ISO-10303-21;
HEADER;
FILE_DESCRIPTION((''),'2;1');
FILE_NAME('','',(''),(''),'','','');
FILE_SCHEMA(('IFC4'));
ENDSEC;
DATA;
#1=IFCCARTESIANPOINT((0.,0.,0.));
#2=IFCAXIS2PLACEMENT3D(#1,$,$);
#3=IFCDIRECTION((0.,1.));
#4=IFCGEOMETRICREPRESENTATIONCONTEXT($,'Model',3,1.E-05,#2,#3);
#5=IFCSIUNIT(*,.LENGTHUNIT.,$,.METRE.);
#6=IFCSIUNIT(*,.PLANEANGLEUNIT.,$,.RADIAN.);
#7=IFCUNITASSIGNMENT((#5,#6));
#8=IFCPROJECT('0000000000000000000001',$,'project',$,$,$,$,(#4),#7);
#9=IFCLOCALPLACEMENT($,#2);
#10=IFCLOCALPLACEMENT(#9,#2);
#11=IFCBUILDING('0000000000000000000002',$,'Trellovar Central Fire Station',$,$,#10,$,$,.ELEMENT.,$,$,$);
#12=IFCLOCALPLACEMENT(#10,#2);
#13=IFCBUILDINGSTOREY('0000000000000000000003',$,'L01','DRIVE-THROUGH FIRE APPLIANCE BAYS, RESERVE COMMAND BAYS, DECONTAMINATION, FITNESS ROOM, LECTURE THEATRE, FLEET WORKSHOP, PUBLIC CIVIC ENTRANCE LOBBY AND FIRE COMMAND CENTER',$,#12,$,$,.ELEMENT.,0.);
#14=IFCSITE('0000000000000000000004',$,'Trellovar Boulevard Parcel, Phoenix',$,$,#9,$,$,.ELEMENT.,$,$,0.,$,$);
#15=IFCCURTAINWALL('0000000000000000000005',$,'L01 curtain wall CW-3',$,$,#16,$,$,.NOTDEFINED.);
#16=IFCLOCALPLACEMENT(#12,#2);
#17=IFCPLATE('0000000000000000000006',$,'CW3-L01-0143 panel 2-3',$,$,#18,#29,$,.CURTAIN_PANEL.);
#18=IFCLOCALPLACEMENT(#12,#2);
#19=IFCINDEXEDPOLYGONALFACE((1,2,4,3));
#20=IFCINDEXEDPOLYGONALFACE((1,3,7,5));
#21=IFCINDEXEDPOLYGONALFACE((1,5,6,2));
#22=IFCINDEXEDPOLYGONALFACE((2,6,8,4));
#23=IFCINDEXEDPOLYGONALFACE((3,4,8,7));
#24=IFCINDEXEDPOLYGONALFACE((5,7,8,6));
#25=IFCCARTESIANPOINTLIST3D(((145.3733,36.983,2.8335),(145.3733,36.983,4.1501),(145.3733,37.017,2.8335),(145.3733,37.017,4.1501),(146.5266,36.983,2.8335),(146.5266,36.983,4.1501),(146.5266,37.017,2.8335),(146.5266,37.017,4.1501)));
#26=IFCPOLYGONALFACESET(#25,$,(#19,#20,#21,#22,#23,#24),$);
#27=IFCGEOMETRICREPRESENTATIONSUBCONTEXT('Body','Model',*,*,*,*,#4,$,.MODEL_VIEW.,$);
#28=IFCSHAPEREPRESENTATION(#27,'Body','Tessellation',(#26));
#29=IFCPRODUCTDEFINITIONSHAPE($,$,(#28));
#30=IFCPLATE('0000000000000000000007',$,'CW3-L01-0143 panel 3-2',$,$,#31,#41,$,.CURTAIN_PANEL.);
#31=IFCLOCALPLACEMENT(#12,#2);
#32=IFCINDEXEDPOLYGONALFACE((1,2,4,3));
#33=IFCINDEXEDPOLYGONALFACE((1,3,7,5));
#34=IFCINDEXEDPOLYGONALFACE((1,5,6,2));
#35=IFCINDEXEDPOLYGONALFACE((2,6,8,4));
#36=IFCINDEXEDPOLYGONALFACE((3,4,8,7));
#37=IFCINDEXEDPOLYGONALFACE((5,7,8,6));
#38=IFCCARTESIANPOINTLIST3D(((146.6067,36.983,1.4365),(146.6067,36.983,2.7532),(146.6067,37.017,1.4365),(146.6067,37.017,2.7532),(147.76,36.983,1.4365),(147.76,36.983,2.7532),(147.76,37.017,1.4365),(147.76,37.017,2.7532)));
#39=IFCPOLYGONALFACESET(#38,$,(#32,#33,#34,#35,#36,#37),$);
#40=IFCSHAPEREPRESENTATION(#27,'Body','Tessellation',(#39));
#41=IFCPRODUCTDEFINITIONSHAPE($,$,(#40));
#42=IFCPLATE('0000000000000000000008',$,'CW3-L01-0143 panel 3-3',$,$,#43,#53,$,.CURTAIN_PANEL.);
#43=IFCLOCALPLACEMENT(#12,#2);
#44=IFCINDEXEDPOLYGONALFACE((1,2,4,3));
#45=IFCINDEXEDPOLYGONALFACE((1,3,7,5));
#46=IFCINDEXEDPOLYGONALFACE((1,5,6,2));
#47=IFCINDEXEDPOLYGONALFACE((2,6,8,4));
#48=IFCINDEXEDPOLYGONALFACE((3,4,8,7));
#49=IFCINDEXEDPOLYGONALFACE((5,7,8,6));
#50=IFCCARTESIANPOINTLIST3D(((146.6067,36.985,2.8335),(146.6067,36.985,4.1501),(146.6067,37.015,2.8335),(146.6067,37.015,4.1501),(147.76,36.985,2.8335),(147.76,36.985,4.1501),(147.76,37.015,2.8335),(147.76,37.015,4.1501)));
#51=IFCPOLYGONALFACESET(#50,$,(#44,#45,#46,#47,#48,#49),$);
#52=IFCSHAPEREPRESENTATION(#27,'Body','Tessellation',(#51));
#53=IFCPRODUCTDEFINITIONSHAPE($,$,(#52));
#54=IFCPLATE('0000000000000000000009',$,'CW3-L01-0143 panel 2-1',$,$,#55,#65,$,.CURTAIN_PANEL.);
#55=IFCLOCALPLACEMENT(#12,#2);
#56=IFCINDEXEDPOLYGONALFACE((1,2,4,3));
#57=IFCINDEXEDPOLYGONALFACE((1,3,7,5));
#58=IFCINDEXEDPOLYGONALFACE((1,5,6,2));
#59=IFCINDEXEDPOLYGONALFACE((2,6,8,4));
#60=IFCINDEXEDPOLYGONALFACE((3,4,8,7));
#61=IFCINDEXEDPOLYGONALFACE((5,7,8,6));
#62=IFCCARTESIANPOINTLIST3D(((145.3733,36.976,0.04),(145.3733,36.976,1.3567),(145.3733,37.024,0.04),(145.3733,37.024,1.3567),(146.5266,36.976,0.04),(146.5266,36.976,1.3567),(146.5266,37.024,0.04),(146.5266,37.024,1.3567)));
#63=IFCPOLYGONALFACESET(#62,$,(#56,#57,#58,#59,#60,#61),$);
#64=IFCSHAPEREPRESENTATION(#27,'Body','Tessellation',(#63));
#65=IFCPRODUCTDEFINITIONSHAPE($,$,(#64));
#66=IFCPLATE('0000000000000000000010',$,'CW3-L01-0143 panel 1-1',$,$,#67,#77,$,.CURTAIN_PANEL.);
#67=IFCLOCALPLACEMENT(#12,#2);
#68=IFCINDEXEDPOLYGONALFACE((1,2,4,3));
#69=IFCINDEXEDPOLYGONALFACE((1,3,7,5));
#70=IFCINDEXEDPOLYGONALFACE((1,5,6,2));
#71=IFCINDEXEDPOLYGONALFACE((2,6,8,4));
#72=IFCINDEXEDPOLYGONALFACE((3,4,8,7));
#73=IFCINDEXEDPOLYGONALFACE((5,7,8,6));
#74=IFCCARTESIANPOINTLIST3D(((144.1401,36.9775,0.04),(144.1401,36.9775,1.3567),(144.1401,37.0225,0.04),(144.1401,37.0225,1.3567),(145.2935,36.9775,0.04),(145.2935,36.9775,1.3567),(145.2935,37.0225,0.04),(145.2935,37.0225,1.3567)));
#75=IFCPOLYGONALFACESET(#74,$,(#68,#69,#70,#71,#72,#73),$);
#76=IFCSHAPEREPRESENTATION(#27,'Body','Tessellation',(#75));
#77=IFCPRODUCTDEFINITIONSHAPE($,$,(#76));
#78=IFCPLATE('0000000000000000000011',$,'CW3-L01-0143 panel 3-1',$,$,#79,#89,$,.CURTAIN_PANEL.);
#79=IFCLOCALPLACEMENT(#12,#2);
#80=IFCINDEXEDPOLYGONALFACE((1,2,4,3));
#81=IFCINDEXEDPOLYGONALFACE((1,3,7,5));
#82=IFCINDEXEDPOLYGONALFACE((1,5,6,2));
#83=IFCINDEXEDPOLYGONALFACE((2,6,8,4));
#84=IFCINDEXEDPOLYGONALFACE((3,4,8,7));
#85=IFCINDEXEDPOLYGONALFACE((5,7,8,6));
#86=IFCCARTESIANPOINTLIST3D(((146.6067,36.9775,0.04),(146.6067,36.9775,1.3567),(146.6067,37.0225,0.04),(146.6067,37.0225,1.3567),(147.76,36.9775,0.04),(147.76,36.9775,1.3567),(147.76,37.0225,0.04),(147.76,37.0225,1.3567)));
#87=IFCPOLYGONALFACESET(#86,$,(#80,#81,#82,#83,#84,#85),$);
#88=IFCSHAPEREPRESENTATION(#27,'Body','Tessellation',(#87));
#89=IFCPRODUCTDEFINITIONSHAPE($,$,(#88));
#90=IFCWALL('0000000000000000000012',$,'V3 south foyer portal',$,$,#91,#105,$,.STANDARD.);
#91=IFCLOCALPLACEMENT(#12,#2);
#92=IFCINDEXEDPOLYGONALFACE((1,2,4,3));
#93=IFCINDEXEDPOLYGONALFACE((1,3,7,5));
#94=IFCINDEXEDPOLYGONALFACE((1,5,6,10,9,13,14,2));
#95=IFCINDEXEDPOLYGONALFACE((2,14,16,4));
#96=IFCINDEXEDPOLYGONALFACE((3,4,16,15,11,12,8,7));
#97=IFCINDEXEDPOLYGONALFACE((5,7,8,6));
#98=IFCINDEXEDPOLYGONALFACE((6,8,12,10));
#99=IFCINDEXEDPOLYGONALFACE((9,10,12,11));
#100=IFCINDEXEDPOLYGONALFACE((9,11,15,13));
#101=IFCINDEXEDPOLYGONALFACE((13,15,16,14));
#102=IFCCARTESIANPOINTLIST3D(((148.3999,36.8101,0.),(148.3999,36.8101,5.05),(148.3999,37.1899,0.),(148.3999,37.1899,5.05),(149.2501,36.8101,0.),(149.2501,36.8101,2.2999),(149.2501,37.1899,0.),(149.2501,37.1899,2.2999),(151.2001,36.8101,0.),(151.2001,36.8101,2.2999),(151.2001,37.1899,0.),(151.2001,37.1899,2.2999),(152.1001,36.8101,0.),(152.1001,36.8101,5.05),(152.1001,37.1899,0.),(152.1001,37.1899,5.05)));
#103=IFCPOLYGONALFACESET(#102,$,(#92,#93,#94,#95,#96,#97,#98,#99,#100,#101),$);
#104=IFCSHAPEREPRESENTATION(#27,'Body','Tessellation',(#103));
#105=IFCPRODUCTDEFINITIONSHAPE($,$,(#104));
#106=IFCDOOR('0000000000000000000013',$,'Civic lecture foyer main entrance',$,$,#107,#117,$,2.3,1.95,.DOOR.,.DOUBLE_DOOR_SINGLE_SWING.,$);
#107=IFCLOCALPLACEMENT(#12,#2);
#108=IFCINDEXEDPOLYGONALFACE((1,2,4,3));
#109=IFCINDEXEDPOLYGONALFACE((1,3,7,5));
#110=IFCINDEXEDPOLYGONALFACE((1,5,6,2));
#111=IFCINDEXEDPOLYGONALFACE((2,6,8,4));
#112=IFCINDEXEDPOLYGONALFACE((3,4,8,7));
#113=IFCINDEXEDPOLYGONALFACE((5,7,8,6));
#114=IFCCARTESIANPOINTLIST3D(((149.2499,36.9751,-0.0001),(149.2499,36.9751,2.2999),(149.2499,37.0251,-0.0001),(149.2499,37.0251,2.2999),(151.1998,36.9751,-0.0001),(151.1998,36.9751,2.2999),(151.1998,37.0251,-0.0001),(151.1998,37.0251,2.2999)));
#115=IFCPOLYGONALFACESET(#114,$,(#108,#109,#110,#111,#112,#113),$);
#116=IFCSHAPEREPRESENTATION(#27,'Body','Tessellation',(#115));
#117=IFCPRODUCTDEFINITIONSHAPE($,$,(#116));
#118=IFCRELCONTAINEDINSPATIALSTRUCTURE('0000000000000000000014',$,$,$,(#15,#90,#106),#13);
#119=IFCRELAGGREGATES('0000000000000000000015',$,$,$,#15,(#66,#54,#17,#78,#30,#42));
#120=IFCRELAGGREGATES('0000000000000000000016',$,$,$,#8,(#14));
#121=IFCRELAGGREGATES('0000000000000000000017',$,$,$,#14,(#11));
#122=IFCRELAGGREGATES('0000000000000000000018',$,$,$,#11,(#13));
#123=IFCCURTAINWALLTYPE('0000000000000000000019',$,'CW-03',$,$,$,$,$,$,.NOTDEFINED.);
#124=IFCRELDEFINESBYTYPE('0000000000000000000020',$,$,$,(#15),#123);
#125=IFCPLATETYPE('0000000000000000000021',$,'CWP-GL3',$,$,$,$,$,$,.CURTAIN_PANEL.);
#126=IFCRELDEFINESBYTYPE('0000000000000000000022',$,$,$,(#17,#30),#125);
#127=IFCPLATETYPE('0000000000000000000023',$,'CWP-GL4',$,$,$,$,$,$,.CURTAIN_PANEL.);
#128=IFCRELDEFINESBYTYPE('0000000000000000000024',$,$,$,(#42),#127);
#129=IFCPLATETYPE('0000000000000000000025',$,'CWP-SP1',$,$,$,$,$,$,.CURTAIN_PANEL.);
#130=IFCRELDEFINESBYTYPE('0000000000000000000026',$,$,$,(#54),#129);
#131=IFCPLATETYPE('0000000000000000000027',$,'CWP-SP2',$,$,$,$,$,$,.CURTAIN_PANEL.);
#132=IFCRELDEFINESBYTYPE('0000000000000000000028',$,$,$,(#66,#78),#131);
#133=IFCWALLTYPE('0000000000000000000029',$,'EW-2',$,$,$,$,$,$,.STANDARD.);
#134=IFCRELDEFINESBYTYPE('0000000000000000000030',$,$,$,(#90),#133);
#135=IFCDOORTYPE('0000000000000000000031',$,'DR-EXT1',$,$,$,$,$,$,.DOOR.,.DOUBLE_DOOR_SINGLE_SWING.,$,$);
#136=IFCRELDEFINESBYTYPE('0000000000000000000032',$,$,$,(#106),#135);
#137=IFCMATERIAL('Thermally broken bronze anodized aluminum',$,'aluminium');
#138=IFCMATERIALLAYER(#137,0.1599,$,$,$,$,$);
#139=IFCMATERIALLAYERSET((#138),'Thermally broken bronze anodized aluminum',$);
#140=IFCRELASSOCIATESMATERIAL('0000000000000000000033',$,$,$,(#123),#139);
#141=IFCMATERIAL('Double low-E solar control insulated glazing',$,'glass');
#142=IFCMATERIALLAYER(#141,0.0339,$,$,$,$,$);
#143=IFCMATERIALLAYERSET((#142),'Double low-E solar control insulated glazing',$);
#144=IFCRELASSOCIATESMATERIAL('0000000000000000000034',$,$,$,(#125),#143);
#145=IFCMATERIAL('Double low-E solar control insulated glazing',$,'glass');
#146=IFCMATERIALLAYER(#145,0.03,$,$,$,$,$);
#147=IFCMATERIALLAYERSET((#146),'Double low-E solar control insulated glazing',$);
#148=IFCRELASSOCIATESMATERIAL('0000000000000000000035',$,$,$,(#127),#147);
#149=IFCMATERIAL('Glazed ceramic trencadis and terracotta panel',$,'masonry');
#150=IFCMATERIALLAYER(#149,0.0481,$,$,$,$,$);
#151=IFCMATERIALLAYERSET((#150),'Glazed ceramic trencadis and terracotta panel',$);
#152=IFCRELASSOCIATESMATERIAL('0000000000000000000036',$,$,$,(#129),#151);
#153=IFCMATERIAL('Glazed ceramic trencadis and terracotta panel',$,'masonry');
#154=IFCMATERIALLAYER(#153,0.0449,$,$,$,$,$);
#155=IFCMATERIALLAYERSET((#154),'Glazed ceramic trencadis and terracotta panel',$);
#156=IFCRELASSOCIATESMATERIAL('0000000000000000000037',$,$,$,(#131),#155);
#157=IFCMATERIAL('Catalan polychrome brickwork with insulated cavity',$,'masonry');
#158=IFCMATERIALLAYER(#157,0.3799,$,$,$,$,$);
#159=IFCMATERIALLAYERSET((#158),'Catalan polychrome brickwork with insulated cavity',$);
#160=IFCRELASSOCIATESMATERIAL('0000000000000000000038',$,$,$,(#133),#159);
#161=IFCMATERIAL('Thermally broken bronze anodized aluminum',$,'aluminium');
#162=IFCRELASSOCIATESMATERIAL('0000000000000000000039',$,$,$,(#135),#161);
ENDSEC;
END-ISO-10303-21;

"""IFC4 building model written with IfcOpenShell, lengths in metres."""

from ifc_helpers import new_model, si_unit, direction, frame, frame_2d, origin, origin_2d, place, context, subcontext, project, spatial, rectangle, extrude, material, layer, layer_set, type_object, element, fill, aggregate, save


model = new_model("IFC4")

# Units and contexts
model_context = context("Model", 3, precision=1e-05, world=origin(), true_north=direction((0.0, 1.0)))
body_context = subcontext(model_context, "Body", "Model", "MODEL_VIEW")
ifc_project = project(units=[si_unit("LENGTHUNIT", "METRE"), si_unit("PLANEANGLEUNIT", "RADIAN")], contexts=[model_context])

# Site, building, storey
site_placement = place(None, origin())
site = spatial("IfcSite", under=ifc_project, at=site_placement, Name="Trellovar Boulevard Parcel, Phoenix", CompositionType="ELEMENT", RefElevation=0.0)
building_placement = place(site_placement, origin())
building = spatial("IfcBuilding", under=site, at=building_placement, Name="Trellovar Central Fire Station", CompositionType="ELEMENT")
storey_placement = place(building_placement, origin())
storey = spatial("IfcBuildingStorey", under=building, at=storey_placement, Name="L01", Description="DRIVE-THROUGH FIRE APPLIANCE BAYS, RESERVE COMMAND BAYS, DECONTAMINATION, FITNESS ROOM, LECTURE THEATRE, FLEET WORKSHOP, PUBLIC CIVIC ENTRANCE LOBBY AND FIRE COMMAND CENTER", CompositionType="ELEMENT", Elevation=0.0)

# Curtain wall
ifc_material_1 = material(Name="Thermally broken bronze anodized aluminum", Category="aluminium")
ifc_layer_1 = layer(ifc_material_1, 0.1599)
ifc_layer_set_1 = layer_set([ifc_layer_1], Name="Thermally broken bronze anodized aluminum")
curtain_wall_type = type_object("IfcCurtainWallType", Name="CW-03", PredefinedType="NOTDEFINED", material=ifc_layer_set_1)
curtain_wall_1_placement = place(storey_placement, origin())
curtain_wall_1 = element("IfcCurtainWall", 1, at=curtain_wall_1_placement, inside=storey, type_object=curtain_wall_type, Name="L01 curtain wall CW-3", PredefinedType="NOTDEFINED")

# Plates
ifc_material_2 = material(Name="Double low-E solar control insulated glazing", Category="glass")
ifc_layer_2 = layer(ifc_material_2, 0.0339)
ifc_layer_set_2 = layer_set([ifc_layer_2], Name="Double low-E solar control insulated glazing")
plate_type_1 = type_object("IfcPlateType", Name="CWP-GL3", PredefinedType="CURTAIN_PANEL", material=ifc_layer_set_2)
plate_1_placement = place(storey_placement, frame((145.95, 37.0, 2.8335), z_axis=(0.0, 0.0, 1.0), x_axis=(1.0, 0.0, 0.0)))
plate_1 = element("IfcPlate", 2, at=plate_1_placement, type_object=plate_type_1, Name="CW3-L01-0143 panel 2-3", PredefinedType="CURTAIN_PANEL", context=body_context, shape_type="SweptSolid", body=[
    extrude(rectangle(XDim=1.1533, YDim=0.0339, at=origin_2d()), origin(), (0.0, 0.0, 1.0), 1.3167),
])
plate_2_placement = place(storey_placement, frame((147.1833, 37.0, 1.4365), z_axis=(0.0, 0.0, 1.0), x_axis=(1.0, 0.0, 0.0)))
plate_2 = element("IfcPlate", 3, at=plate_2_placement, type_object=plate_type_1, Name="CW3-L01-0143 panel 3-2", PredefinedType="CURTAIN_PANEL", context=body_context, shape_type="SweptSolid", body=[
    extrude(rectangle(XDim=1.1533, YDim=0.0339, at=origin_2d()), origin(), (0.0, 0.0, 1.0), 1.3167),
])
ifc_material_3 = material(Name="Double low-E solar control insulated glazing", Category="glass")
ifc_layer_3 = layer(ifc_material_3, 0.03)
ifc_layer_set_3 = layer_set([ifc_layer_3], Name="Double low-E solar control insulated glazing")
plate_type_2 = type_object("IfcPlateType", Name="CWP-GL4", PredefinedType="CURTAIN_PANEL", material=ifc_layer_set_3)
plate_3_placement = place(storey_placement, frame((147.1833, 37.0, 2.8335), z_axis=(0.0, 0.0, 1.0), x_axis=(1.0, 0.0, 0.0)))
plate_3 = element("IfcPlate", 4, at=plate_3_placement, type_object=plate_type_2, Name="CW3-L01-0143 panel 3-3", PredefinedType="CURTAIN_PANEL", context=body_context, shape_type="SweptSolid", body=[
    extrude(rectangle(XDim=1.1533, YDim=0.03, at=origin_2d()), origin(), (0.0, 0.0, 1.0), 1.3167),
])
ifc_material_4 = material(Name="Glazed ceramic trencadis and terracotta panel", Category="masonry")
ifc_layer_4 = layer(ifc_material_4, 0.0481)
ifc_layer_set_4 = layer_set([ifc_layer_4], Name="Glazed ceramic trencadis and terracotta panel")
plate_type_3 = type_object("IfcPlateType", Name="CWP-SP1", PredefinedType="CURTAIN_PANEL", material=ifc_layer_set_4)
plate_4_placement = place(storey_placement, frame((145.95, 37.0, 0.04), z_axis=(0.0, 0.0, 1.0), x_axis=(1.0, 0.0, 0.0)))
plate_4 = element("IfcPlate", 5, at=plate_4_placement, type_object=plate_type_3, Name="CW3-L01-0143 panel 2-1", PredefinedType="CURTAIN_PANEL", context=body_context, shape_type="SweptSolid", body=[
    extrude(rectangle(XDim=1.1533, YDim=0.0481, at=origin_2d()), origin(), (0.0, 0.0, 1.0), 1.3167),
])
ifc_material_5 = material(Name="Glazed ceramic trencadis and terracotta panel", Category="masonry")
ifc_layer_5 = layer(ifc_material_5, 0.0449)
ifc_layer_set_5 = layer_set([ifc_layer_5], Name="Glazed ceramic trencadis and terracotta panel")
plate_type_4 = type_object("IfcPlateType", Name="CWP-SP2", PredefinedType="CURTAIN_PANEL", material=ifc_layer_set_5)
plate_5_placement = place(storey_placement, frame((144.7168, 37.0, 0.04), z_axis=(0.0, 0.0, 1.0), x_axis=(1.0, 0.0, 0.0)))
plate_5 = element("IfcPlate", 6, at=plate_5_placement, type_object=plate_type_4, Name="CW3-L01-0143 panel 1-1", PredefinedType="CURTAIN_PANEL", context=body_context, shape_type="SweptSolid", body=[
    extrude(rectangle(XDim=1.1533, YDim=0.0449, at=origin_2d()), origin(), (0.0, 0.0, 1.0), 1.3167),
])
plate_6_placement = place(storey_placement, frame((147.1833, 37.0, 0.04), z_axis=(0.0, 0.0, 1.0), x_axis=(1.0, 0.0, 0.0)))
plate_6 = element("IfcPlate", 7, at=plate_6_placement, type_object=plate_type_4, Name="CW3-L01-0143 panel 3-1", PredefinedType="CURTAIN_PANEL", context=body_context, shape_type="SweptSolid", body=[
    extrude(rectangle(XDim=1.1533, YDim=0.0449, at=origin_2d()), origin(), (0.0, 0.0, 1.0), 1.3167),
])
aggregate(curtain_wall_1, [plate_5, plate_4, plate_1, plate_6, plate_2, plate_3])

# Wall, opening, door
ifc_material_6 = material(Name="Catalan polychrome brickwork with insulated cavity", Category="masonry")
ifc_layer_6 = layer(ifc_material_6, 0.3799)
ifc_layer_set_6 = layer_set([ifc_layer_6], Name="Catalan polychrome brickwork with insulated cavity")
wall_type = type_object("IfcWallType", Name="EW-2", PredefinedType="STANDARD", material=ifc_layer_set_6)
wall_placement = place(storey_placement, frame((148.3999, 37.0, 0.0), z_axis=(0.0, 0.0, 1.0), x_axis=(1.0, 0.0, 0.0)))
wall = element("IfcWall", 8, at=wall_placement, inside=storey, type_object=wall_type, Name="V3 south foyer portal", PredefinedType="STANDARD", context=body_context, shape_type="SweptSolid", body=[
    extrude(rectangle(XDim=3.7002, YDim=0.3799, at=frame_2d((1.8501, 0.0))), origin(), (0.0, 0.0, 1.0), 5.05),
])
opening_placement = place(wall_placement, frame((0.8501, 0.0, 0.0)))
opening = element("IfcOpeningElement", 9, at=opening_placement, cuts=wall, PredefinedType="OPENING", context=body_context, shape_type="SweptSolid", body=[
    extrude(rectangle(XDim=1.95, YDim=2.3, at=frame_2d((0.9751, 1.1499))), frame((0.0, 0.2, 0.0), z_axis=(0.0, -1.0, 0.0), x_axis=(1.0, 0.0, 0.0)), (0.0, 0.0, 1.0), 0.3999),
])
ifc_material_7 = material(Name="Thermally broken bronze anodized aluminum", Category="aluminium")
door_type = type_object("IfcDoorType", Name="DR-EXT1", OperationType="DOUBLE_DOOR_SINGLE_SWING", PredefinedType="DOOR", material=ifc_material_7)
door_placement = place(opening_placement, frame((1.95, 0.0, 0.0), z_axis=(0.0, 0.0, 1.0), x_axis=(-1.0, 0.0, 0.0)))
door = element("IfcDoor", 10, at=door_placement, inside=storey, type_object=door_type, Name="Civic lecture foyer main entrance", OperationType="DOUBLE_DOOR_SINGLE_SWING", OverallHeight=2.3, OverallWidth=1.95, PredefinedType="DOOR", context=body_context, shape_type="SweptSolid", body=[
    extrude(rectangle(XDim=1.95, YDim=2.3, at=frame_2d((0.9751, 1.1499))), frame((0.0, 0.0249, 0.0), z_axis=(0.0, -1.0, 0.0), x_axis=(1.0, 0.0, 0.0)), (0.0, 0.0, 1.0), 0.05),
])
fill(opening, door)

save(model, "model.ifc")
